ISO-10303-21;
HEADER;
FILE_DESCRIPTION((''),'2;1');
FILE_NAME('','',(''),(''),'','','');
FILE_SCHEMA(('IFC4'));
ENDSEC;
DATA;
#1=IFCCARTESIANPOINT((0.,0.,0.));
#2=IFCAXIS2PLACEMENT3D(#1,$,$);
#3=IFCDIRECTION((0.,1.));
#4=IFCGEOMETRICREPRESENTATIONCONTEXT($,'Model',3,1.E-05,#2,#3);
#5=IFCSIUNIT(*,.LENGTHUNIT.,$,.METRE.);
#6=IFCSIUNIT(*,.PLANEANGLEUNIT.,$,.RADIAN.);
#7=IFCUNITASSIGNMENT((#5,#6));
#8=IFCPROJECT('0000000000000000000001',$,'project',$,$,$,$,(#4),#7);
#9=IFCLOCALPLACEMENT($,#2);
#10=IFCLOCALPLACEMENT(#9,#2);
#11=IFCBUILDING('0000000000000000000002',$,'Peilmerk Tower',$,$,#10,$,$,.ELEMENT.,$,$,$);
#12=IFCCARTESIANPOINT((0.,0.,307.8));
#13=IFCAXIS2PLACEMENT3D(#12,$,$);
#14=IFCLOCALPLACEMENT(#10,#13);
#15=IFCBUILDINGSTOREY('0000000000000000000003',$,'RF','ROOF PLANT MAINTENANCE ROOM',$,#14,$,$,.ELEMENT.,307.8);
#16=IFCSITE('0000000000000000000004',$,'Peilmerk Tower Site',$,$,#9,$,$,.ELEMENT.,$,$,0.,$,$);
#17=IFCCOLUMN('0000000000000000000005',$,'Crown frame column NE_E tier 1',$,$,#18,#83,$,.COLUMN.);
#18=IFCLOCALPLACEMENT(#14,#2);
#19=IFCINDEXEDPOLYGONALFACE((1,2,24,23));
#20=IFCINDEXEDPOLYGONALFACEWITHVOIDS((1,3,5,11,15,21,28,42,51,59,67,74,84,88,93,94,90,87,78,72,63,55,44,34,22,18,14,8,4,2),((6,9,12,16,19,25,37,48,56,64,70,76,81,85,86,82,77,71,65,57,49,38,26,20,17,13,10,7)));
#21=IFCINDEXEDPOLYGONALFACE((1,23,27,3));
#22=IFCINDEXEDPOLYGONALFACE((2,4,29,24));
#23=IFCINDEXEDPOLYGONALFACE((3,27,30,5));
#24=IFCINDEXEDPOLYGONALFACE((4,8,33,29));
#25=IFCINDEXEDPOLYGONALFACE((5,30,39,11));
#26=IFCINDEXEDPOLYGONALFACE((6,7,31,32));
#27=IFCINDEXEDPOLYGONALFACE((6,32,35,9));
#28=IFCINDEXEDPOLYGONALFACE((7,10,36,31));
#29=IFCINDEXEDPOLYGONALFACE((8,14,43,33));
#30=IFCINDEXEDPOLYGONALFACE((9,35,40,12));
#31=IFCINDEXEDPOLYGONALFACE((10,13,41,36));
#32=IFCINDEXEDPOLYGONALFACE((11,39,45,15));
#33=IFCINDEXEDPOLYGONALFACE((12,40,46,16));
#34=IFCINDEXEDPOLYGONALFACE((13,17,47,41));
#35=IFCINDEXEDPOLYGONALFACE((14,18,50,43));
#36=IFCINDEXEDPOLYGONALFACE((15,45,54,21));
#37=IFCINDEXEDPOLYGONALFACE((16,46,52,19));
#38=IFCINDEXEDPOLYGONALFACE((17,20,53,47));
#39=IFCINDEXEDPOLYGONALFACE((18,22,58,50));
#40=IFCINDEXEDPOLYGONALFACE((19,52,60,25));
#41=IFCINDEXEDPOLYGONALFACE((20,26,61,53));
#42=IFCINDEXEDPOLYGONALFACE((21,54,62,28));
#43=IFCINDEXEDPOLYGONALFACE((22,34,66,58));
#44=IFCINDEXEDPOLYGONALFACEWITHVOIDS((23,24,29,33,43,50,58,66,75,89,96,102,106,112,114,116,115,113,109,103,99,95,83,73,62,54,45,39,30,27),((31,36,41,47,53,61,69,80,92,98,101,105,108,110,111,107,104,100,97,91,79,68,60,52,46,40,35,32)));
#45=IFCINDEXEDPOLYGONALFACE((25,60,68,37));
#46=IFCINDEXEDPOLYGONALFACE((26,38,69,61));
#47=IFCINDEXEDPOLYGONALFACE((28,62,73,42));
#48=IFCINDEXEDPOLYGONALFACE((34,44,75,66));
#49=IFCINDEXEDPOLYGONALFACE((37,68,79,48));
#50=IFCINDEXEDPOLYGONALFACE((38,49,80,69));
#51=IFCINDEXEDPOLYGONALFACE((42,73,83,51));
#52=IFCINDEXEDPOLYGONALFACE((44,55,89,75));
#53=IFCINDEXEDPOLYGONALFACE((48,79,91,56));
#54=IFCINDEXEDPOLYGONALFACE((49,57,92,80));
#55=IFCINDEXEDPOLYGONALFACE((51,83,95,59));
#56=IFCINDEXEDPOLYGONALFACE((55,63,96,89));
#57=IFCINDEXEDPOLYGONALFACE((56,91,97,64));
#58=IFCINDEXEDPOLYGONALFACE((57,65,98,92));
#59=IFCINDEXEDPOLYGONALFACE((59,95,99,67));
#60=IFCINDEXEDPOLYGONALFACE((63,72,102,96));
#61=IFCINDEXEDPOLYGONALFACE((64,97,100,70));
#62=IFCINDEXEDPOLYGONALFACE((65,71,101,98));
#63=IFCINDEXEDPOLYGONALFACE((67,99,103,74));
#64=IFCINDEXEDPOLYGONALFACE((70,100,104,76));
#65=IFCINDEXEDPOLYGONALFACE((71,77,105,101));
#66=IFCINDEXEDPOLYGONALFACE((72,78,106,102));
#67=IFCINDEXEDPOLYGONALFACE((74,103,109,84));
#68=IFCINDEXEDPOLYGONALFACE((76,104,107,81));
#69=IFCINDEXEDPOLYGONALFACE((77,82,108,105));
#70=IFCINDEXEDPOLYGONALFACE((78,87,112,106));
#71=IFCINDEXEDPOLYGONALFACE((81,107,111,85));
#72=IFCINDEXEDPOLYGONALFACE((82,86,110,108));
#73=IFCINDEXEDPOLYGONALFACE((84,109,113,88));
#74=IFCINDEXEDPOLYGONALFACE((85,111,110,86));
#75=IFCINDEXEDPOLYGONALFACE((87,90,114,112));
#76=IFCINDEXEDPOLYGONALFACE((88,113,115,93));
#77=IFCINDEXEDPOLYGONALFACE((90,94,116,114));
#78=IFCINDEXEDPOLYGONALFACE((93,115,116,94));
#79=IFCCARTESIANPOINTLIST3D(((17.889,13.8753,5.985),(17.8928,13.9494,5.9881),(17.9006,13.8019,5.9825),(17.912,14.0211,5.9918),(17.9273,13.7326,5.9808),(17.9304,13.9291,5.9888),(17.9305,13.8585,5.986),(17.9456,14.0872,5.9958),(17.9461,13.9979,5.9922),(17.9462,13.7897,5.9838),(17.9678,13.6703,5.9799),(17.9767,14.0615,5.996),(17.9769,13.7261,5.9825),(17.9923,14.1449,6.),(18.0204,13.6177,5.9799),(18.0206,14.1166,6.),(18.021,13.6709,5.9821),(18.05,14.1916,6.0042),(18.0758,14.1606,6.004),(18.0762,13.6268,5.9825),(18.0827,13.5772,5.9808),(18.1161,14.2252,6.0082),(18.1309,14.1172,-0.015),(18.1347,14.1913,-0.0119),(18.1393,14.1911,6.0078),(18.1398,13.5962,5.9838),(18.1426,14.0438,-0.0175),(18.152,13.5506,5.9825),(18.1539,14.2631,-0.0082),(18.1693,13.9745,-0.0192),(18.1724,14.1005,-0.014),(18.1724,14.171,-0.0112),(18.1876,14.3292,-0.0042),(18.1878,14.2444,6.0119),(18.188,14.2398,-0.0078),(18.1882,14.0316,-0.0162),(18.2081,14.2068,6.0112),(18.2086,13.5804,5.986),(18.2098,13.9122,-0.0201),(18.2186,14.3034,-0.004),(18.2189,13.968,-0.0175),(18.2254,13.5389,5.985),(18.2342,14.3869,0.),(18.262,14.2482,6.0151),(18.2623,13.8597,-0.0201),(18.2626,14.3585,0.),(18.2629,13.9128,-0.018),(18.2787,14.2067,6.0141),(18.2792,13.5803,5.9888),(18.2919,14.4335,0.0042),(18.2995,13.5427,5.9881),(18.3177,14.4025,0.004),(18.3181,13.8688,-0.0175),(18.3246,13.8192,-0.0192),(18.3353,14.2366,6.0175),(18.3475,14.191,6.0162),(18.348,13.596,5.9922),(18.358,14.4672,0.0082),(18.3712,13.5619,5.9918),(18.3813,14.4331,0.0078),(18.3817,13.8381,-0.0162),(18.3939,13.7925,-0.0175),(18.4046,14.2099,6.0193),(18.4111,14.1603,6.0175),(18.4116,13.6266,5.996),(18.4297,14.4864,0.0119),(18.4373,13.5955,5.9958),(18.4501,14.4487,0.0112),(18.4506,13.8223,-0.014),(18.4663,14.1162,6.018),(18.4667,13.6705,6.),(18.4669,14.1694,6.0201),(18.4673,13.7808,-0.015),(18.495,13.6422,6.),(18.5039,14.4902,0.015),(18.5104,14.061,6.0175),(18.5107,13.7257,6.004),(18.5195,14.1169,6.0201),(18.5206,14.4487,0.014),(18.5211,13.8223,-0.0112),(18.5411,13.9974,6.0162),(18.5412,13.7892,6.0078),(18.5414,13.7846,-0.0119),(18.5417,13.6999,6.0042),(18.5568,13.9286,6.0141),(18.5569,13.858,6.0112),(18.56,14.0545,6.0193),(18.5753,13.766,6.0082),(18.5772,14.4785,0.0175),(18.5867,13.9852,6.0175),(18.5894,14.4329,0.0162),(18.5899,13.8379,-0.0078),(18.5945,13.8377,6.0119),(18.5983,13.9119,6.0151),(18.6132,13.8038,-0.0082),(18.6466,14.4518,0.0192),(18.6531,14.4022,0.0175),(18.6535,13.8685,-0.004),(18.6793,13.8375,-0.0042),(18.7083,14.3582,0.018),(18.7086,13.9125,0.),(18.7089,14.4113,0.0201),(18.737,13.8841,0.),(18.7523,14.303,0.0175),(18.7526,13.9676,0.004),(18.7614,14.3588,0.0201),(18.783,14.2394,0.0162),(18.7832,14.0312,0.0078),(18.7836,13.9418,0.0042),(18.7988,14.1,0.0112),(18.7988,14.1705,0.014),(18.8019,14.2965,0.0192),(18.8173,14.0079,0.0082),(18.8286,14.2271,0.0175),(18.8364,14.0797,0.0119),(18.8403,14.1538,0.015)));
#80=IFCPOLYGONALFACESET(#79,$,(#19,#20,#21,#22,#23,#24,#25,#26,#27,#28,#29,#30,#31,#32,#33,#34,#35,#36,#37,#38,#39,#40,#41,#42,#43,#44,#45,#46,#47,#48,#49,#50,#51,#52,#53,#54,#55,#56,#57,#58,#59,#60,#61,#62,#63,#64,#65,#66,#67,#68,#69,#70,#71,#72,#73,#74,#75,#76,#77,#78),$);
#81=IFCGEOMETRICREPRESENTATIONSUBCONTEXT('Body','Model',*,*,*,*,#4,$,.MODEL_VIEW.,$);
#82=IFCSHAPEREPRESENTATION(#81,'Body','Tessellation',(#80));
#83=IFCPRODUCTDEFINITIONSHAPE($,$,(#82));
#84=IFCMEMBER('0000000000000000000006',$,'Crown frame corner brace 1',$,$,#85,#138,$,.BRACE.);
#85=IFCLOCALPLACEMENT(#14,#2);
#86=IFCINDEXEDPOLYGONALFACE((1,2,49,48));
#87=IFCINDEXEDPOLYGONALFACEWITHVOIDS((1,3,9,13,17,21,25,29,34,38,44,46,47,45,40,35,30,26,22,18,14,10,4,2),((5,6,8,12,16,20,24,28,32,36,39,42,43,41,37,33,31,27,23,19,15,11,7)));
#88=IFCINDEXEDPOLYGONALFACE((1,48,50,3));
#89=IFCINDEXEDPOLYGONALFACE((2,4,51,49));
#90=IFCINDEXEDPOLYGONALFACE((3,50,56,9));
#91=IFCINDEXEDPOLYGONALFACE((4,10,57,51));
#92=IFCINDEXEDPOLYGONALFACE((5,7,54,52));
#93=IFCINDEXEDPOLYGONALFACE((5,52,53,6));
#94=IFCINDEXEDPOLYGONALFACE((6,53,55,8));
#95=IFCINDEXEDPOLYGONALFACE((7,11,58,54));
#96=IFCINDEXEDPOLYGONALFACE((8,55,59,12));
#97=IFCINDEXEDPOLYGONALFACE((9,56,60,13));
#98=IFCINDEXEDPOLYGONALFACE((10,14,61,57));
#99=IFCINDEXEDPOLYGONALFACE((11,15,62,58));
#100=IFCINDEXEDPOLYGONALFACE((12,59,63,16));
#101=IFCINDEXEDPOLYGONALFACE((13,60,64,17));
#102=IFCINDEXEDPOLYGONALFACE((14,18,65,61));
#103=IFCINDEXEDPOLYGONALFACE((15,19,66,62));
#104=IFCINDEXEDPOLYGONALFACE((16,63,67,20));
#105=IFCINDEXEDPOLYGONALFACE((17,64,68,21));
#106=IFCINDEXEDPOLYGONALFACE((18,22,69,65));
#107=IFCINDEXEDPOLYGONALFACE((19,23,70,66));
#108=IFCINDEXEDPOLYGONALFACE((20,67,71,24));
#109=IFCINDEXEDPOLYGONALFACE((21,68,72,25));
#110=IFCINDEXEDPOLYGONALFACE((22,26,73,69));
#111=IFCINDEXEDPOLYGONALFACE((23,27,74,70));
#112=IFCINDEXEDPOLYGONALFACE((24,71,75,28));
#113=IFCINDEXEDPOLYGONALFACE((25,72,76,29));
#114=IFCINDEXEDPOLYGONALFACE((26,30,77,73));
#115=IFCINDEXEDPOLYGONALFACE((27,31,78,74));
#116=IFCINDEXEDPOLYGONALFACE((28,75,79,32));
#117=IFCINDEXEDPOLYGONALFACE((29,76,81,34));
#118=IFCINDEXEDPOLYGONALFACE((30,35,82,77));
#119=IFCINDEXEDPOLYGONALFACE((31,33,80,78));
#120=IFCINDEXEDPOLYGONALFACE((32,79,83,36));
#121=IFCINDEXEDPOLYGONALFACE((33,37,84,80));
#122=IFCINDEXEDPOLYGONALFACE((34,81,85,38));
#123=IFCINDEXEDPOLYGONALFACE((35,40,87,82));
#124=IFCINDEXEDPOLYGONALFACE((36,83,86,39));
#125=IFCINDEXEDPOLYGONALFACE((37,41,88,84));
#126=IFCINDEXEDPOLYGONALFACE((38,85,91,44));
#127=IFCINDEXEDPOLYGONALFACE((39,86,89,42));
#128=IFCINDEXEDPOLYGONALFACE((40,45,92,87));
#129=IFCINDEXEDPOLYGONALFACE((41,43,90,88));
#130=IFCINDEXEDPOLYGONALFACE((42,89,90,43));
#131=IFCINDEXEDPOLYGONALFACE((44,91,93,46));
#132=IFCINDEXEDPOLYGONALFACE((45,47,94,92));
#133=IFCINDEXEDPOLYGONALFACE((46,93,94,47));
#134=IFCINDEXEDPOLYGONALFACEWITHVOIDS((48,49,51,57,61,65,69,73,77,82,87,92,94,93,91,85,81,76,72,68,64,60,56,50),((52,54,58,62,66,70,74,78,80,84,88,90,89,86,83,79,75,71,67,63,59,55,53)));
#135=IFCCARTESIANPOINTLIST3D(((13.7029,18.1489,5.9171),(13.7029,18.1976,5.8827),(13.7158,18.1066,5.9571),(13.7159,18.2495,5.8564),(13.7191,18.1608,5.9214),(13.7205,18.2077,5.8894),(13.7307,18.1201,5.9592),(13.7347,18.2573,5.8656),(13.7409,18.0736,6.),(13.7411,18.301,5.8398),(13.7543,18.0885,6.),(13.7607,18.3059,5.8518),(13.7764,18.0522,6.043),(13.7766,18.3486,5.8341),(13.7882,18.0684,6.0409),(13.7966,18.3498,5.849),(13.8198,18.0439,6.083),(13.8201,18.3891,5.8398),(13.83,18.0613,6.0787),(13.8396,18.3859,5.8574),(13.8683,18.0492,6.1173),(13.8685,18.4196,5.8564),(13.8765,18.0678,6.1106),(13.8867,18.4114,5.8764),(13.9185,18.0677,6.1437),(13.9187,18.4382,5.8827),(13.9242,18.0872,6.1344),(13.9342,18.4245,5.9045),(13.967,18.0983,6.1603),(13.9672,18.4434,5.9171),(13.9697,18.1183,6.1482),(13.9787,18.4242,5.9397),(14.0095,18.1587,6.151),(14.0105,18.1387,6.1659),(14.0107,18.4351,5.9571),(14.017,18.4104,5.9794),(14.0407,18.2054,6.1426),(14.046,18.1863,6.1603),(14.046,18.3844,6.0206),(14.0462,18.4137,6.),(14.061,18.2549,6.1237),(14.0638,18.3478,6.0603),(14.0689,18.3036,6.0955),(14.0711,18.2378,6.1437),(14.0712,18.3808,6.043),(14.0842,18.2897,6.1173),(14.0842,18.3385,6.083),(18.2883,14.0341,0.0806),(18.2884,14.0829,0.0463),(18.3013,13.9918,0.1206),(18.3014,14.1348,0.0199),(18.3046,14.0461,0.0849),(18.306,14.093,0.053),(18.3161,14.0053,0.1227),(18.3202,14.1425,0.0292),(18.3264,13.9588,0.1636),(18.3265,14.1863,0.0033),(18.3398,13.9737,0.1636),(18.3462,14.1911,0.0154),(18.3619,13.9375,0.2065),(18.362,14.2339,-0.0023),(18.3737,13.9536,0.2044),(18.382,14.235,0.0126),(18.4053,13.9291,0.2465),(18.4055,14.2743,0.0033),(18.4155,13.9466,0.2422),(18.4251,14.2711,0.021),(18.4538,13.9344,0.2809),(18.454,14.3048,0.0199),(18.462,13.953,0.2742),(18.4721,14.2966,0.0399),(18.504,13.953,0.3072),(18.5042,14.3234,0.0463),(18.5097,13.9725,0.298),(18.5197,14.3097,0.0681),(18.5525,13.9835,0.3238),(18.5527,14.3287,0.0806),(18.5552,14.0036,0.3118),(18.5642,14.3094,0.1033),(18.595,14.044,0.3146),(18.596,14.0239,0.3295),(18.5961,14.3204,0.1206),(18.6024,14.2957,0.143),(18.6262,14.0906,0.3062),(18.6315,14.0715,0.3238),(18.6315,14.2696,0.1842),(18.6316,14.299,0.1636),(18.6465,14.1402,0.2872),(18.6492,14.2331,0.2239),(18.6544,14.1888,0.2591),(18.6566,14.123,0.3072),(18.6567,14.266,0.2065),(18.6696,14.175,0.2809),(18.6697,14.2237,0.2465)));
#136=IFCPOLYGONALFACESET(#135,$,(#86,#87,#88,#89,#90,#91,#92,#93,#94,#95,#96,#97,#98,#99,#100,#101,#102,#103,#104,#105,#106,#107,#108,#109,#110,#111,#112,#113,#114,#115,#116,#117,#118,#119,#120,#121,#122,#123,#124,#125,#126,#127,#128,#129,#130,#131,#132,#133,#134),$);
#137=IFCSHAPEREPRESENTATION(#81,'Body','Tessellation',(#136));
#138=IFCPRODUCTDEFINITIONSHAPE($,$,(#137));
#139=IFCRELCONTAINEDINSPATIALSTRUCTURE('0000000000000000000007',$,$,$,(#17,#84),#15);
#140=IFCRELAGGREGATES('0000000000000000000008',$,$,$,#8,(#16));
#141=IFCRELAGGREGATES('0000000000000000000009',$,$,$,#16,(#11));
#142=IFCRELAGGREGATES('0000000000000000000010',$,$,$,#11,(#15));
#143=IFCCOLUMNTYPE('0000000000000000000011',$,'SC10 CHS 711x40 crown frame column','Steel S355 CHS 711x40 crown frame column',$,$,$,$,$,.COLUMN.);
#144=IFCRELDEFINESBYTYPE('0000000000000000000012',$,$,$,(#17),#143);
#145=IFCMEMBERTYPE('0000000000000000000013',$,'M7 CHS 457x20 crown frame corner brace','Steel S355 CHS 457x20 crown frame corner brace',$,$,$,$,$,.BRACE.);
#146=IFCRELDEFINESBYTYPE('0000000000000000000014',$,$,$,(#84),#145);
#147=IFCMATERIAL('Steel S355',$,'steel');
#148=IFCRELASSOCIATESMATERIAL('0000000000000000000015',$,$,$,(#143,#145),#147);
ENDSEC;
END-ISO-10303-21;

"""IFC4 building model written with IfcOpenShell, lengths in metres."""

from ifc_helpers import new_model, si_unit, direction, frame, origin, origin_2d, place, context, subcontext, project, spatial, hollow_circle, extrude, material, material_profile, profile_set, type_object, element, save


model = new_model("IFC4")

# Units and contexts
model_context = context("Model", 3, precision=1e-05, world=origin(), true_north=direction((0.0, 1.0)))
body_context = subcontext(model_context, "Body", "Model", "MODEL_VIEW")
ifc_project = project(units=[si_unit("LENGTHUNIT", "METRE"), si_unit("PLANEANGLEUNIT", "RADIAN")], contexts=[model_context])

# Site, building, storey
site_placement = place(None, origin())
site = spatial("IfcSite", under=ifc_project, at=site_placement, Name="Peilmerk Tower Site", CompositionType="ELEMENT", RefElevation=0.0)
building_placement = place(site_placement, origin())
building = spatial("IfcBuilding", under=site, at=building_placement, Name="Peilmerk Tower", CompositionType="ELEMENT")
storey_placement = place(building_placement, frame((0.0, 0.0, 307.8)))
storey = spatial("IfcBuildingStorey", under=building, at=storey_placement, Name="RF", Description="ROOF PLANT MAINTENANCE ROOM", CompositionType="ELEMENT", Elevation=307.8)

# Column
ifc_material_1 = material(Name="Steel S355", Category="steel")
ifc_material_profile_1 = material_profile(ifc_material_1, hollow_circle(Radius=0.3555, WallThickness=0.04, at=origin_2d()), Name="CHS 711x40")
ifc_profile_set_1 = profile_set([ifc_material_profile_1], Name="Steel S355")
column_type = type_object("IfcColumnType", Name="SC10 CHS 711x40 crown frame column", Description="Steel S355 CHS 711x40 crown frame column", PredefinedType="COLUMN", material=ifc_profile_set_1)
column_placement = place(storey_placement, frame((18.4856, 14.1355, 0.0), z_axis=(-0.040258, -0.040258, 0.998378), x_axis=(0.707107, -0.707107, 0.0)))
element("IfcColumn", 1, at=column_placement, inside=storey, type_object=column_type, Name="Crown frame column NE_E tier 1", PredefinedType="COLUMN", context=body_context, shape_type="SweptSolid", body=[
    extrude(hollow_circle(Radius=0.3555, WallThickness=0.04, at=origin_2d()), origin(), (0.0, 0.0, 1.0), 6.0098),
])

# Member
ifc_material_profile_2 = material_profile(ifc_material_1, hollow_circle(Radius=0.2285, WallThickness=0.02, at=origin_2d()), Name="CHS 457x20")
ifc_profile_set_2 = profile_set([ifc_material_profile_2], Name="Steel S355")
member_type_1 = type_object("IfcMemberType", Name="M7 CHS 457x20 crown frame corner brace", Description="Steel S355 CHS 457x20 crown frame corner brace", PredefinedType="BRACE", material=ifc_profile_set_2)
member_1_placement = place(storey_placement, frame((18.479, 14.1289, 0.1636), z_axis=(-0.54032, 0.484856, 0.687727), x_axis=(-0.667874, -0.744275, 0.0)))
element("IfcMember", 2, at=member_1_placement, inside=storey, type_object=member_type_1, Name="Crown frame corner brace 1", PredefinedType="BRACE", context=body_context, shape_type="SweptSolid", body=[
    extrude(hollow_circle(Radius=0.2285, WallThickness=0.02, at=origin_2d()), origin(), (0.0, 0.0, 1.0), 8.4866),
])

save(model, "model.ifc")
